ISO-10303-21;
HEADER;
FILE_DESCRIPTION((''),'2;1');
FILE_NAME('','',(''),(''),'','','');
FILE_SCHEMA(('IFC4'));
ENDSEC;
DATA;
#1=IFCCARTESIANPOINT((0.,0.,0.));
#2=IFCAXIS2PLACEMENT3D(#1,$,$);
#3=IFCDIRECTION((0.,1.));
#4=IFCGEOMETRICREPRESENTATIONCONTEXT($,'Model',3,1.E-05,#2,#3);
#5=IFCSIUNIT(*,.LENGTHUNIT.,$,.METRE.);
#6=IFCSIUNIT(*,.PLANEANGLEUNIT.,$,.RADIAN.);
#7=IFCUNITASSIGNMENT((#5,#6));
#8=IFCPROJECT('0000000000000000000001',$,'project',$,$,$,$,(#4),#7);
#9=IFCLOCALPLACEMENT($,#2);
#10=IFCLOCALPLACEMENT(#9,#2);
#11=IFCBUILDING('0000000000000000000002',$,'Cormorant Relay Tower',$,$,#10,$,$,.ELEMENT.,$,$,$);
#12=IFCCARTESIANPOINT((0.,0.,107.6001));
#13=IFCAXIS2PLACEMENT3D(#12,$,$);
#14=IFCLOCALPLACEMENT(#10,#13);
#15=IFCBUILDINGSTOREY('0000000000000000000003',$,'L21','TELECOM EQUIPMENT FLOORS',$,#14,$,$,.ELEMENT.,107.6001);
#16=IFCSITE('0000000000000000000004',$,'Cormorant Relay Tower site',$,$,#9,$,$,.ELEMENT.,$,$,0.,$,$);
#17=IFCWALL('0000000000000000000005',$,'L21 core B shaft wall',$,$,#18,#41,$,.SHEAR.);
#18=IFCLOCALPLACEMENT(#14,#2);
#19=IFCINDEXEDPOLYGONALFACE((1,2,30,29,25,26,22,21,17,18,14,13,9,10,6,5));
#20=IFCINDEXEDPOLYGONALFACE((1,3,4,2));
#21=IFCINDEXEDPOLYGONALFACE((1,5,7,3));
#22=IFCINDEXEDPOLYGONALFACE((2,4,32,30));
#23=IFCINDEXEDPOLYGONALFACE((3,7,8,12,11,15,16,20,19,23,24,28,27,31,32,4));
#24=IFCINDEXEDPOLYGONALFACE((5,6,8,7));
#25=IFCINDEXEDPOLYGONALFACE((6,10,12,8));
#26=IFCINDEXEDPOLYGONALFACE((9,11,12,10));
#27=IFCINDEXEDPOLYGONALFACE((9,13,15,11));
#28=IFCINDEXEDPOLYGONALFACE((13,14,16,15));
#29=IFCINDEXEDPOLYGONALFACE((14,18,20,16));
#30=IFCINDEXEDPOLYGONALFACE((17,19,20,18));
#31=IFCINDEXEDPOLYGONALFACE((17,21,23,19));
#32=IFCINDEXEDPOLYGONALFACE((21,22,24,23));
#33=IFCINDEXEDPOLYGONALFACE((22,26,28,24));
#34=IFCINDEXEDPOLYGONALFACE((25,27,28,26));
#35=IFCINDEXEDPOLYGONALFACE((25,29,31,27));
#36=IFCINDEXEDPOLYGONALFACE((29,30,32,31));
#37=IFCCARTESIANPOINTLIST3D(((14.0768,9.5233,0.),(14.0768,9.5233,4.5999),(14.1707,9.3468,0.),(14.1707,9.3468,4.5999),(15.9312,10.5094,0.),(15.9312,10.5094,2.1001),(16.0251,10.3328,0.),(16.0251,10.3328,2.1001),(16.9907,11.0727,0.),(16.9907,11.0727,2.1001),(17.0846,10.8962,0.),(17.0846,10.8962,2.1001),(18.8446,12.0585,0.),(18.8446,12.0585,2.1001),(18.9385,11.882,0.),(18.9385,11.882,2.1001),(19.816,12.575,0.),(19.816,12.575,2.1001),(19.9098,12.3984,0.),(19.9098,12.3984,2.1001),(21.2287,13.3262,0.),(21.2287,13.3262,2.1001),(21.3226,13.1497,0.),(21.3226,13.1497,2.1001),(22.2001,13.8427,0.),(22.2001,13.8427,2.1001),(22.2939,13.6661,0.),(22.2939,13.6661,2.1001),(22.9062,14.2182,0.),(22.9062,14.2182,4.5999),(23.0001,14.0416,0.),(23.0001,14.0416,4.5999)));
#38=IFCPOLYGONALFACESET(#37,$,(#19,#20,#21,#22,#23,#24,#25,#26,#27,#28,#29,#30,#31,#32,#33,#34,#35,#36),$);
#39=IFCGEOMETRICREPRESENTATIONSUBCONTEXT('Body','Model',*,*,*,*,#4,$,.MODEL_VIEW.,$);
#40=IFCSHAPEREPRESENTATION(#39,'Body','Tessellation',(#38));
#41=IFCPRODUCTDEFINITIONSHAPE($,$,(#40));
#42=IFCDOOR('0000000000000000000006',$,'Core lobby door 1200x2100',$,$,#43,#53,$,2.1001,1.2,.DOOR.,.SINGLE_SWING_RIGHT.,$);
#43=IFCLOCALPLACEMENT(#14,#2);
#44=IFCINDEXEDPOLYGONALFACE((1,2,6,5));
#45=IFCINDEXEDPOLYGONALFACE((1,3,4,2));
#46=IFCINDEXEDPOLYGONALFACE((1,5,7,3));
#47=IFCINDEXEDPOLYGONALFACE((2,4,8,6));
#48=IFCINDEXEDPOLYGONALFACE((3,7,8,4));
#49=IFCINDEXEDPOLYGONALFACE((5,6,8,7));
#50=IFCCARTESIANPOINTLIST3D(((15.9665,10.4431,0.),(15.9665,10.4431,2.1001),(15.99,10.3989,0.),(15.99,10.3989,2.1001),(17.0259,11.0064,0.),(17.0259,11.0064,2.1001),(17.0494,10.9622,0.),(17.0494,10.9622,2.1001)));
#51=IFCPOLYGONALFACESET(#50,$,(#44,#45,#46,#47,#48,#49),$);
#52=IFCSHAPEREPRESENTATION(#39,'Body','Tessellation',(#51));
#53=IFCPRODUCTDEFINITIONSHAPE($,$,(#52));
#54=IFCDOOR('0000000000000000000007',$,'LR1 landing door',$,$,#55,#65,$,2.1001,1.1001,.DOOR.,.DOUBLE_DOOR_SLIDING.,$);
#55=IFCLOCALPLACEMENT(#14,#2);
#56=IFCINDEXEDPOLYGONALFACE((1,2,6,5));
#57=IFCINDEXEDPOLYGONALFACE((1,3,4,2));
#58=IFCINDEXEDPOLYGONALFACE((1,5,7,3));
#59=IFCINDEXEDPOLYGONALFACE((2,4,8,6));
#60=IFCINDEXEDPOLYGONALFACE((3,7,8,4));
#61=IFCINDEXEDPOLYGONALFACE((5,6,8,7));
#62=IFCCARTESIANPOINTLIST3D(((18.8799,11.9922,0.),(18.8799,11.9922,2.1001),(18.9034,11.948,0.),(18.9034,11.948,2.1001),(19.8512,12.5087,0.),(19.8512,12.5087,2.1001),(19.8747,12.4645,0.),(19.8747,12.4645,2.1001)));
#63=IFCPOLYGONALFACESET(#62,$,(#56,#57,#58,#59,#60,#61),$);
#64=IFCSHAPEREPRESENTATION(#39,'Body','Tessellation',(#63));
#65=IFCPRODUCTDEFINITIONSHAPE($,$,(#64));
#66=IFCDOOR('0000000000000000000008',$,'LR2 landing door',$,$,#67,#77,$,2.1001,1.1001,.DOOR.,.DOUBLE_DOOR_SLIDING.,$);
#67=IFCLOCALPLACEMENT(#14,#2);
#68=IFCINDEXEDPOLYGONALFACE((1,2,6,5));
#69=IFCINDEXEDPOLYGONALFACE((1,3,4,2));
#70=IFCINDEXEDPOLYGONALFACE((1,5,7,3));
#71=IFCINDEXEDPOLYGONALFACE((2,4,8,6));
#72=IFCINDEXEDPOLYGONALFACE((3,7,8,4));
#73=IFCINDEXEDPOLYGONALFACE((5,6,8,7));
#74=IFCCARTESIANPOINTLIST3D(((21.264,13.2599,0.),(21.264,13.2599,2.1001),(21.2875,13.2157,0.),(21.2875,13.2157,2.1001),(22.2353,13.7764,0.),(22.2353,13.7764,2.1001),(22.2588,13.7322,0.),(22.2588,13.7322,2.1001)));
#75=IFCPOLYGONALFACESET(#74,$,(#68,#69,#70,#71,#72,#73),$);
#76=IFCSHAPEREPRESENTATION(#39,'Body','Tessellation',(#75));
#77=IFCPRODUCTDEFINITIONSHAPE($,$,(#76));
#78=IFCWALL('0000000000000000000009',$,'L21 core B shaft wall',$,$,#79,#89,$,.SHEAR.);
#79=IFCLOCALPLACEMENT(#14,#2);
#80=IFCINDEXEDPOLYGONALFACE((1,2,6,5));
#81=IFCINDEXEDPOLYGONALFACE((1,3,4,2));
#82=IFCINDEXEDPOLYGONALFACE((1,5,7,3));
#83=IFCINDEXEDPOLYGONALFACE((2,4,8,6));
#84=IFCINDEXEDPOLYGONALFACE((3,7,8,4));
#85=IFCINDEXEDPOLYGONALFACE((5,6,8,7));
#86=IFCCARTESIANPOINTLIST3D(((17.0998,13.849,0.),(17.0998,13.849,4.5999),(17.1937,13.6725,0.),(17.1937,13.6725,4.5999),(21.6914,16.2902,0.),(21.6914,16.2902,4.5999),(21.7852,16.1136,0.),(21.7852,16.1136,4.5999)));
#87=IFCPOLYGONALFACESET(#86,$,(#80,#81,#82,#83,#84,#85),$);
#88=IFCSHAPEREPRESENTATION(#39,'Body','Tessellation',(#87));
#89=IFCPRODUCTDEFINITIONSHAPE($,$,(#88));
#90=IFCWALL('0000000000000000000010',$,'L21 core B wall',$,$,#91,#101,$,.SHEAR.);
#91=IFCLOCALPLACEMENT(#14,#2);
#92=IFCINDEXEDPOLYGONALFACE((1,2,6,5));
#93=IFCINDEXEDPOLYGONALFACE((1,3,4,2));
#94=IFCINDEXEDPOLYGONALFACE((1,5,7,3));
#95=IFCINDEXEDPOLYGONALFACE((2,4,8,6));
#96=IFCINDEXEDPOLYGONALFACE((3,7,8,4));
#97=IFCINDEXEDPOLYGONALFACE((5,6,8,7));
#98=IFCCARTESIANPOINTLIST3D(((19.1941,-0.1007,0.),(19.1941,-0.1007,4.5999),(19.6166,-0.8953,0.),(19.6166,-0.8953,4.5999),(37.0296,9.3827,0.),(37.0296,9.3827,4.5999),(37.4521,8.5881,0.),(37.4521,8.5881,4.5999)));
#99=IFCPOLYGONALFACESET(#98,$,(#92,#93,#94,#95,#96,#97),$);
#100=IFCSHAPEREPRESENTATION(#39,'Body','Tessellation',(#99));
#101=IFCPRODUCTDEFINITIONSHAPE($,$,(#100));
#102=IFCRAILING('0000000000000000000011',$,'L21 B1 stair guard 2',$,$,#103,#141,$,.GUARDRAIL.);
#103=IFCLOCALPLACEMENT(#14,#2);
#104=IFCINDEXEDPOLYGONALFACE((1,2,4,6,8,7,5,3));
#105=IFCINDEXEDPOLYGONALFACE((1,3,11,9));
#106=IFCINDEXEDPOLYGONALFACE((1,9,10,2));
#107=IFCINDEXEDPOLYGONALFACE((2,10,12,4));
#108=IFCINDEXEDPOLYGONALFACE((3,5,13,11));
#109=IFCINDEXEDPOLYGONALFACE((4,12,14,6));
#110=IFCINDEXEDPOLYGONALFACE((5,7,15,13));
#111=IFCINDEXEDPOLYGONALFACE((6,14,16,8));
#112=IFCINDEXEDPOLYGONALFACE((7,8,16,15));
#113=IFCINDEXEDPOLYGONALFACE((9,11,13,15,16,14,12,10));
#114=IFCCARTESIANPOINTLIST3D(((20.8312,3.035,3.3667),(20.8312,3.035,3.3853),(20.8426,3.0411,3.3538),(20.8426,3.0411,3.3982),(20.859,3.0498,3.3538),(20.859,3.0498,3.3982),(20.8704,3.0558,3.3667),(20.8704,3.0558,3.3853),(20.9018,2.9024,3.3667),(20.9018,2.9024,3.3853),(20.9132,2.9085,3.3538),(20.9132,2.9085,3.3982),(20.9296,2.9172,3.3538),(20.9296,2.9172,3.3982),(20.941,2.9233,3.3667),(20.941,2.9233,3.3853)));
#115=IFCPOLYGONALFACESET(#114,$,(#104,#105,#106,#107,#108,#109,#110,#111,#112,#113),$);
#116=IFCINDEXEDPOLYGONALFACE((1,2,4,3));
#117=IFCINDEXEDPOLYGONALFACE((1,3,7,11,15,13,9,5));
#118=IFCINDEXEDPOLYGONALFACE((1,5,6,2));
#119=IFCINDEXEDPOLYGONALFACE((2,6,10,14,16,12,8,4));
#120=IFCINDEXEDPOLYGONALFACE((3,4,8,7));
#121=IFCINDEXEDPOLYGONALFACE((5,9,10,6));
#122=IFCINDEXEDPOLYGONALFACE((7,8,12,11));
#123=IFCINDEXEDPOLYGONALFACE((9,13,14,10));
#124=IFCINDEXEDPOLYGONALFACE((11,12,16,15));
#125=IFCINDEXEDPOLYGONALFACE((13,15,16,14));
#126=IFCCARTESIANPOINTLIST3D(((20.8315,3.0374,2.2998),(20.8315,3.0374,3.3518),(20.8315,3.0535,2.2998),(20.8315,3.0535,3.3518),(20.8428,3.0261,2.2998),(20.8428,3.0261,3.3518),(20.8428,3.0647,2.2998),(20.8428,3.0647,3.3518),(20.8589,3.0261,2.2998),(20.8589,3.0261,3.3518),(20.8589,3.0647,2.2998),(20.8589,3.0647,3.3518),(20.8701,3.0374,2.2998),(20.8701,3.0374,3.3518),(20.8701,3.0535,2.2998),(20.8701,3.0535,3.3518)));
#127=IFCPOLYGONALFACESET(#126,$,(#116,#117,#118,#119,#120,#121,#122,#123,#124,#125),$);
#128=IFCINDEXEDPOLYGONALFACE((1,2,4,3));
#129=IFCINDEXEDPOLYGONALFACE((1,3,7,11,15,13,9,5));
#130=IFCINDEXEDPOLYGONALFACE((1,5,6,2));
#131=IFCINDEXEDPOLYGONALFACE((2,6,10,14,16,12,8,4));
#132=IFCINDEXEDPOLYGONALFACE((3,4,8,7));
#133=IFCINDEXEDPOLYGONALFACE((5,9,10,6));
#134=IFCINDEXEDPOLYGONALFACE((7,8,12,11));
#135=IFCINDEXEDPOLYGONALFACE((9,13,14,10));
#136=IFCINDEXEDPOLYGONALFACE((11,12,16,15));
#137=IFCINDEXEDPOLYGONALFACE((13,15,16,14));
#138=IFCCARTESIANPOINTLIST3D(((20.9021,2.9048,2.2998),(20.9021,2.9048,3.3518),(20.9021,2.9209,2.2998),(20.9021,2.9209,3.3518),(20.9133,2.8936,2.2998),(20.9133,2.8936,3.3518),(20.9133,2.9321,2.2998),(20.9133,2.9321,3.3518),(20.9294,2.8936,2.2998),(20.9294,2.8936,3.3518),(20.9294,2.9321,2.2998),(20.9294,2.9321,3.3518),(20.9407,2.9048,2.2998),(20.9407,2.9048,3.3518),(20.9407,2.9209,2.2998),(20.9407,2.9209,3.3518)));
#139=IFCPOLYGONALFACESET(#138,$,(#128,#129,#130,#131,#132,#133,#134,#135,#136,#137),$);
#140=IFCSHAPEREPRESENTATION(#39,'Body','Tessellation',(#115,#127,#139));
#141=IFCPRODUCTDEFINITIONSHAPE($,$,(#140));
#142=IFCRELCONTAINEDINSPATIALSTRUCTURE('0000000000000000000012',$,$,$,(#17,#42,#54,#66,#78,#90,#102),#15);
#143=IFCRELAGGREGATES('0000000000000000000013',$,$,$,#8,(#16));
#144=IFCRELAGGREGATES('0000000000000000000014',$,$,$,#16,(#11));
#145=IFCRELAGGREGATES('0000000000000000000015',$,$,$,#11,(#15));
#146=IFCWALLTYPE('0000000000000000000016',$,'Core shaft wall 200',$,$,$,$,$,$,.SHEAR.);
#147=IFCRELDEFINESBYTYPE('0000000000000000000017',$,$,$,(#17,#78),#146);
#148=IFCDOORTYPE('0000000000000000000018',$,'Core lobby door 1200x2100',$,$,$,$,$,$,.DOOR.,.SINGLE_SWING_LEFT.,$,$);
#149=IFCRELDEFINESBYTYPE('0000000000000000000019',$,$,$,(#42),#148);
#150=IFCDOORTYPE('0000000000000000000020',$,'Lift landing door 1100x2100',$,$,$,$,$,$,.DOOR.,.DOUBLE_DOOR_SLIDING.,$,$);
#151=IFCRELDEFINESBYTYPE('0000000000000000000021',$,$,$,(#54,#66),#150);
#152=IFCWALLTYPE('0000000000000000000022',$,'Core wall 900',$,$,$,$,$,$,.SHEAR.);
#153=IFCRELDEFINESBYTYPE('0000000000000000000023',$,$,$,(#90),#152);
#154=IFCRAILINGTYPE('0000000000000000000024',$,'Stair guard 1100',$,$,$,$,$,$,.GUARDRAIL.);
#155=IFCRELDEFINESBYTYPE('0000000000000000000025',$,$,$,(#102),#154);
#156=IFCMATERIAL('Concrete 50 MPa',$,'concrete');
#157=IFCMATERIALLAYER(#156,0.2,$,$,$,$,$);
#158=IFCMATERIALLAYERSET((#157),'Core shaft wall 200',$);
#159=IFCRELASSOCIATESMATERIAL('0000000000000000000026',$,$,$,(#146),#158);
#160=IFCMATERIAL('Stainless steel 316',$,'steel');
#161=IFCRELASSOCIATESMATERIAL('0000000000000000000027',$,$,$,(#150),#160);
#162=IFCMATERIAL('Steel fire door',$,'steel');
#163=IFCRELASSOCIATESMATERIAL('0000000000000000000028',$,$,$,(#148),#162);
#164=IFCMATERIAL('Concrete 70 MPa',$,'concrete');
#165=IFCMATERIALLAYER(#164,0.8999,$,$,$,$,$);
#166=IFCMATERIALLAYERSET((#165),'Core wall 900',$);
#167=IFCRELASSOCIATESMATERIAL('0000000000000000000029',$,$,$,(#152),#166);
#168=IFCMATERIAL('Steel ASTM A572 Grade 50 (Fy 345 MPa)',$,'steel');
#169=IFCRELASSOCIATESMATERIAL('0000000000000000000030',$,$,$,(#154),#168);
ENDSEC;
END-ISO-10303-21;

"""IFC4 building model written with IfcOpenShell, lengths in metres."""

from ifc_helpers import new_model, si_unit, direction, frame, frame_2d, origin, place, context, subcontext, project, spatial, polyline, rectangle, outline, extrude, material, layer, layer_set, type_object, element, fill, save


model = new_model("IFC4")

# Units and contexts
model_context = context("Model", 3, precision=1e-05, world=origin(), true_north=direction((0.0, 1.0)))
body_context = subcontext(model_context, "Body", "Model", "MODEL_VIEW")
ifc_project = project(units=[si_unit("LENGTHUNIT", "METRE"), si_unit("PLANEANGLEUNIT", "RADIAN")], contexts=[model_context])

# Site, building, storey
site_placement = place(None, origin())
site = spatial("IfcSite", under=ifc_project, at=site_placement, Name="Cormorant Relay Tower site", CompositionType="ELEMENT", RefElevation=0.0)
building_placement = place(site_placement, origin())
building = spatial("IfcBuilding", under=site, at=building_placement, Name="Cormorant Relay Tower", CompositionType="ELEMENT")
storey_placement = place(building_placement, frame((0.0, 0.0, 107.6001)))
storey = spatial("IfcBuildingStorey", under=building, at=storey_placement, Name="L21", Description="TELECOM EQUIPMENT FLOORS", CompositionType="ELEMENT", Elevation=107.6001)

# Shared definitions
ifc_material_1 = material(Name="Concrete 50 MPa", Category="concrete")
ifc_layer_1 = layer(ifc_material_1, 0.2)
ifc_layer_set_1 = layer_set([ifc_layer_1], Name="Core shaft wall 200")
wall_type_1 = type_object("IfcWallType", Name="Core shaft wall 200", PredefinedType="SHEAR", material=ifc_layer_set_1)

# Wall, openings, doors
ifc_material_2 = material(Name="Stainless steel 316", Category="steel")
door_type_1 = type_object("IfcDoorType", Name="Lift landing door 1100x2100", OperationType="DOUBLE_DOOR_SLIDING", PredefinedType="DOOR", material=ifc_material_2)
wall_1_placement = place(storey_placement, frame((14.1238, 9.4351, 0.0), z_axis=(0.0, 0.0, 1.0), x_axis=(0.88294, 0.469485, 0.0)))
wall_1 = element("IfcWall", 1, at=wall_1_placement, inside=storey, type_object=wall_type_1, Name="L21 core B shaft wall", PredefinedType="SHEAR", context=body_context, shape_type="SweptSolid", body=[
    extrude(rectangle(XDim=10.0, YDim=0.2, at=frame_2d((5.0, 0.0))), origin(), (0.0, 0.0, 1.0), 4.5999),
])
opening_1_placement = place(wall_1_placement, frame((2.1001, 0.0, 0.0)))
opening_1 = element("IfcOpeningElement", 2, at=opening_1_placement, cuts=wall_1, PredefinedType="OPENING", context=body_context, shape_type="SweptSolid", body=[
    extrude(rectangle(XDim=1.2, YDim=2.1001, at=frame_2d((0.6001, 1.05))), frame((0.0, 0.1099, 0.0), z_axis=(0.0, -1.0, 0.0), x_axis=(1.0, 0.0, 0.0)), (0.0, 0.0, 1.0), 0.22),
])
opening_2_placement = place(wall_1_placement, frame((5.3999, 0.0, 0.0)))
opening_2 = element("IfcOpeningElement", 3, at=opening_2_placement, cuts=wall_1, PredefinedType="OPENING", context=body_context, shape_type="SweptSolid", body=[
    extrude(rectangle(XDim=1.1001, YDim=2.1001, at=frame_2d((0.55, 1.05))), frame((0.0, 0.1099, 0.0), z_axis=(0.0, -1.0, 0.0), x_axis=(1.0, 0.0, 0.0)), (0.0, 0.0, 1.0), 0.22),
])
opening_3_placement = place(wall_1_placement, frame((8.1001, 0.0, 0.0)))
opening_3 = element("IfcOpeningElement", 4, at=opening_3_placement, cuts=wall_1, PredefinedType="OPENING", context=body_context, shape_type="SweptSolid", body=[
    extrude(rectangle(XDim=1.1001, YDim=2.1001, at=frame_2d((0.55, 1.05))), frame((0.0, 0.1099, 0.0), z_axis=(0.0, -1.0, 0.0), x_axis=(1.0, 0.0, 0.0)), (0.0, 0.0, 1.0), 0.22),
])
ifc_material_3 = material(Name="Steel fire door", Category="steel")
door_type_2 = type_object("IfcDoorType", Name="Core lobby door 1200x2100", OperationType="SINGLE_SWING_LEFT", PredefinedType="DOOR", material=ifc_material_3)
door_1_placement = place(opening_1_placement, origin())
door_1 = element("IfcDoor", 5, at=door_1_placement, inside=storey, type_object=door_type_2, Name="Core lobby door 1200x2100", OperationType="SINGLE_SWING_RIGHT", OverallHeight=2.1001, OverallWidth=1.2, PredefinedType="DOOR", context=body_context, shape_type="SweptSolid", body=[
    extrude(rectangle(XDim=1.2, YDim=2.1001, at=frame_2d((0.6001, 1.05))), frame((0.0, 0.0249, 0.0), z_axis=(0.0, -1.0, 0.0), x_axis=(1.0, 0.0, 0.0)), (0.0, 0.0, 1.0), 0.05),
])
fill(opening_1, door_1)
door_2_placement = place(opening_2_placement, origin())
door_2 = element("IfcDoor", 6, at=door_2_placement, inside=storey, type_object=door_type_1, Name="LR1 landing door", OperationType="DOUBLE_DOOR_SLIDING", OverallHeight=2.1001, OverallWidth=1.1001, PredefinedType="DOOR", context=body_context, shape_type="SweptSolid", body=[
    extrude(rectangle(XDim=1.1001, YDim=2.1001, at=frame_2d((0.55, 1.05))), frame((0.0, 0.0249, 0.0), z_axis=(0.0, -1.0, 0.0), x_axis=(1.0, 0.0, 0.0)), (0.0, 0.0, 1.0), 0.05),
])
fill(opening_2, door_2)
door_3_placement = place(opening_3_placement, origin())
door_3 = element("IfcDoor", 7, at=door_3_placement, inside=storey, type_object=door_type_1, Name="LR2 landing door", OperationType="DOUBLE_DOOR_SLIDING", OverallHeight=2.1001, OverallWidth=1.1001, PredefinedType="DOOR", context=body_context, shape_type="SweptSolid", body=[
    extrude(rectangle(XDim=1.1001, YDim=2.1001, at=frame_2d((0.55, 1.05))), frame((0.0, 0.0249, 0.0), z_axis=(0.0, -1.0, 0.0), x_axis=(1.0, 0.0, 0.0)), (0.0, 0.0, 1.0), 0.05),
])
fill(opening_3, door_3)

# Walls
wall_2_placement = place(storey_placement, frame((17.1467, 13.7607, 0.0), z_axis=(0.0, 0.0, 1.0), x_axis=(0.882964, 0.46944, 0.0)))
element("IfcWall", 8, at=wall_2_placement, inside=storey, type_object=wall_type_1, Name="L21 core B shaft wall", PredefinedType="SHEAR", context=body_context, shape_type="SweptSolid", body=[
    extrude(rectangle(XDim=5.2002, YDim=0.2, at=frame_2d((2.6001, 0.0))), origin(), (0.0, 0.0, 1.0), 4.5999),
])
ifc_material_4 = material(Name="Concrete 70 MPa", Category="concrete")
ifc_layer_2 = layer(ifc_material_4, 0.8999)
ifc_layer_set_2 = layer_set([ifc_layer_2], Name="Core wall 900")
wall_type_2 = type_object("IfcWallType", Name="Core wall 900", PredefinedType="SHEAR", material=ifc_layer_set_2)
wall_3_placement = place(storey_placement, frame((19.4053, -0.498, 0.0), z_axis=(0.0, 0.0, 1.0), x_axis=(0.882945, 0.469476, 0.0)))
element("IfcWall", 9, at=wall_3_placement, inside=storey, type_object=wall_type_2, Name="L21 core B wall", PredefinedType="SHEAR", context=body_context, shape_type="SweptSolid", body=[
    extrude(rectangle(XDim=20.2, YDim=0.8999, at=frame_2d((10.1001, 0.0))), origin(), (0.0, 0.0, 1.0), 4.5999),
])

# Railing
ifc_material_5 = material(Name="Steel ASTM A572 Grade 50 (Fy 345 MPa)", Category="steel")
railing_type = type_object("IfcRailingType", Name="Stair guard 1100", PredefinedType="GUARDRAIL", material=ifc_material_5)
railing_1_placement = place(storey_placement, frame((20.8508, 3.0454, 2.2998)))
element("IfcRailing", 10, at=railing_1_placement, inside=storey, type_object=railing_type, Name="L21 B1 stair guard 2", PredefinedType="GUARDRAIL", context=body_context, shape_type="SweptSolid", body=[
    extrude(outline(polyline([(0.0222, 0.0093), (0.0093, 0.0222), (-0.0093, 0.0222), (-0.0222, 0.0093), (-0.0222, -0.0093), (-0.0093, -0.0222), (0.0093, -0.0222), (0.0222, -0.0093), (0.0222, 0.0093)])), frame((0.0, 0.0, 1.0762), z_axis=(0.469829, -0.882758, 0.0), x_axis=(0.882758, 0.469829, 0.0)), (0.0, 0.0, 1.0), 0.1501),
    extrude(outline(polyline([(0.0193, 0.0081), (0.0081, 0.0193), (-0.0081, 0.0193), (-0.0193, 0.0081), (-0.0193, -0.0081), (-0.0081, -0.0193), (0.0081, -0.0193), (0.0193, -0.0081), (0.0193, 0.0081)])), origin(), (0.0, 0.0, 1.0), 1.052),
    extrude(outline(polyline([(0.0193, 0.0081), (0.0081, 0.0193), (-0.0081, 0.0193), (-0.0193, 0.0081), (-0.0193, -0.0081), (-0.0081, -0.0193), (0.0081, -0.0193), (0.0193, -0.0081), (0.0193, 0.0081)])), frame((0.0706, -0.1326, 0.0)), (0.0, 0.0, 1.0), 1.052),
])

save(model, "model.ifc")
